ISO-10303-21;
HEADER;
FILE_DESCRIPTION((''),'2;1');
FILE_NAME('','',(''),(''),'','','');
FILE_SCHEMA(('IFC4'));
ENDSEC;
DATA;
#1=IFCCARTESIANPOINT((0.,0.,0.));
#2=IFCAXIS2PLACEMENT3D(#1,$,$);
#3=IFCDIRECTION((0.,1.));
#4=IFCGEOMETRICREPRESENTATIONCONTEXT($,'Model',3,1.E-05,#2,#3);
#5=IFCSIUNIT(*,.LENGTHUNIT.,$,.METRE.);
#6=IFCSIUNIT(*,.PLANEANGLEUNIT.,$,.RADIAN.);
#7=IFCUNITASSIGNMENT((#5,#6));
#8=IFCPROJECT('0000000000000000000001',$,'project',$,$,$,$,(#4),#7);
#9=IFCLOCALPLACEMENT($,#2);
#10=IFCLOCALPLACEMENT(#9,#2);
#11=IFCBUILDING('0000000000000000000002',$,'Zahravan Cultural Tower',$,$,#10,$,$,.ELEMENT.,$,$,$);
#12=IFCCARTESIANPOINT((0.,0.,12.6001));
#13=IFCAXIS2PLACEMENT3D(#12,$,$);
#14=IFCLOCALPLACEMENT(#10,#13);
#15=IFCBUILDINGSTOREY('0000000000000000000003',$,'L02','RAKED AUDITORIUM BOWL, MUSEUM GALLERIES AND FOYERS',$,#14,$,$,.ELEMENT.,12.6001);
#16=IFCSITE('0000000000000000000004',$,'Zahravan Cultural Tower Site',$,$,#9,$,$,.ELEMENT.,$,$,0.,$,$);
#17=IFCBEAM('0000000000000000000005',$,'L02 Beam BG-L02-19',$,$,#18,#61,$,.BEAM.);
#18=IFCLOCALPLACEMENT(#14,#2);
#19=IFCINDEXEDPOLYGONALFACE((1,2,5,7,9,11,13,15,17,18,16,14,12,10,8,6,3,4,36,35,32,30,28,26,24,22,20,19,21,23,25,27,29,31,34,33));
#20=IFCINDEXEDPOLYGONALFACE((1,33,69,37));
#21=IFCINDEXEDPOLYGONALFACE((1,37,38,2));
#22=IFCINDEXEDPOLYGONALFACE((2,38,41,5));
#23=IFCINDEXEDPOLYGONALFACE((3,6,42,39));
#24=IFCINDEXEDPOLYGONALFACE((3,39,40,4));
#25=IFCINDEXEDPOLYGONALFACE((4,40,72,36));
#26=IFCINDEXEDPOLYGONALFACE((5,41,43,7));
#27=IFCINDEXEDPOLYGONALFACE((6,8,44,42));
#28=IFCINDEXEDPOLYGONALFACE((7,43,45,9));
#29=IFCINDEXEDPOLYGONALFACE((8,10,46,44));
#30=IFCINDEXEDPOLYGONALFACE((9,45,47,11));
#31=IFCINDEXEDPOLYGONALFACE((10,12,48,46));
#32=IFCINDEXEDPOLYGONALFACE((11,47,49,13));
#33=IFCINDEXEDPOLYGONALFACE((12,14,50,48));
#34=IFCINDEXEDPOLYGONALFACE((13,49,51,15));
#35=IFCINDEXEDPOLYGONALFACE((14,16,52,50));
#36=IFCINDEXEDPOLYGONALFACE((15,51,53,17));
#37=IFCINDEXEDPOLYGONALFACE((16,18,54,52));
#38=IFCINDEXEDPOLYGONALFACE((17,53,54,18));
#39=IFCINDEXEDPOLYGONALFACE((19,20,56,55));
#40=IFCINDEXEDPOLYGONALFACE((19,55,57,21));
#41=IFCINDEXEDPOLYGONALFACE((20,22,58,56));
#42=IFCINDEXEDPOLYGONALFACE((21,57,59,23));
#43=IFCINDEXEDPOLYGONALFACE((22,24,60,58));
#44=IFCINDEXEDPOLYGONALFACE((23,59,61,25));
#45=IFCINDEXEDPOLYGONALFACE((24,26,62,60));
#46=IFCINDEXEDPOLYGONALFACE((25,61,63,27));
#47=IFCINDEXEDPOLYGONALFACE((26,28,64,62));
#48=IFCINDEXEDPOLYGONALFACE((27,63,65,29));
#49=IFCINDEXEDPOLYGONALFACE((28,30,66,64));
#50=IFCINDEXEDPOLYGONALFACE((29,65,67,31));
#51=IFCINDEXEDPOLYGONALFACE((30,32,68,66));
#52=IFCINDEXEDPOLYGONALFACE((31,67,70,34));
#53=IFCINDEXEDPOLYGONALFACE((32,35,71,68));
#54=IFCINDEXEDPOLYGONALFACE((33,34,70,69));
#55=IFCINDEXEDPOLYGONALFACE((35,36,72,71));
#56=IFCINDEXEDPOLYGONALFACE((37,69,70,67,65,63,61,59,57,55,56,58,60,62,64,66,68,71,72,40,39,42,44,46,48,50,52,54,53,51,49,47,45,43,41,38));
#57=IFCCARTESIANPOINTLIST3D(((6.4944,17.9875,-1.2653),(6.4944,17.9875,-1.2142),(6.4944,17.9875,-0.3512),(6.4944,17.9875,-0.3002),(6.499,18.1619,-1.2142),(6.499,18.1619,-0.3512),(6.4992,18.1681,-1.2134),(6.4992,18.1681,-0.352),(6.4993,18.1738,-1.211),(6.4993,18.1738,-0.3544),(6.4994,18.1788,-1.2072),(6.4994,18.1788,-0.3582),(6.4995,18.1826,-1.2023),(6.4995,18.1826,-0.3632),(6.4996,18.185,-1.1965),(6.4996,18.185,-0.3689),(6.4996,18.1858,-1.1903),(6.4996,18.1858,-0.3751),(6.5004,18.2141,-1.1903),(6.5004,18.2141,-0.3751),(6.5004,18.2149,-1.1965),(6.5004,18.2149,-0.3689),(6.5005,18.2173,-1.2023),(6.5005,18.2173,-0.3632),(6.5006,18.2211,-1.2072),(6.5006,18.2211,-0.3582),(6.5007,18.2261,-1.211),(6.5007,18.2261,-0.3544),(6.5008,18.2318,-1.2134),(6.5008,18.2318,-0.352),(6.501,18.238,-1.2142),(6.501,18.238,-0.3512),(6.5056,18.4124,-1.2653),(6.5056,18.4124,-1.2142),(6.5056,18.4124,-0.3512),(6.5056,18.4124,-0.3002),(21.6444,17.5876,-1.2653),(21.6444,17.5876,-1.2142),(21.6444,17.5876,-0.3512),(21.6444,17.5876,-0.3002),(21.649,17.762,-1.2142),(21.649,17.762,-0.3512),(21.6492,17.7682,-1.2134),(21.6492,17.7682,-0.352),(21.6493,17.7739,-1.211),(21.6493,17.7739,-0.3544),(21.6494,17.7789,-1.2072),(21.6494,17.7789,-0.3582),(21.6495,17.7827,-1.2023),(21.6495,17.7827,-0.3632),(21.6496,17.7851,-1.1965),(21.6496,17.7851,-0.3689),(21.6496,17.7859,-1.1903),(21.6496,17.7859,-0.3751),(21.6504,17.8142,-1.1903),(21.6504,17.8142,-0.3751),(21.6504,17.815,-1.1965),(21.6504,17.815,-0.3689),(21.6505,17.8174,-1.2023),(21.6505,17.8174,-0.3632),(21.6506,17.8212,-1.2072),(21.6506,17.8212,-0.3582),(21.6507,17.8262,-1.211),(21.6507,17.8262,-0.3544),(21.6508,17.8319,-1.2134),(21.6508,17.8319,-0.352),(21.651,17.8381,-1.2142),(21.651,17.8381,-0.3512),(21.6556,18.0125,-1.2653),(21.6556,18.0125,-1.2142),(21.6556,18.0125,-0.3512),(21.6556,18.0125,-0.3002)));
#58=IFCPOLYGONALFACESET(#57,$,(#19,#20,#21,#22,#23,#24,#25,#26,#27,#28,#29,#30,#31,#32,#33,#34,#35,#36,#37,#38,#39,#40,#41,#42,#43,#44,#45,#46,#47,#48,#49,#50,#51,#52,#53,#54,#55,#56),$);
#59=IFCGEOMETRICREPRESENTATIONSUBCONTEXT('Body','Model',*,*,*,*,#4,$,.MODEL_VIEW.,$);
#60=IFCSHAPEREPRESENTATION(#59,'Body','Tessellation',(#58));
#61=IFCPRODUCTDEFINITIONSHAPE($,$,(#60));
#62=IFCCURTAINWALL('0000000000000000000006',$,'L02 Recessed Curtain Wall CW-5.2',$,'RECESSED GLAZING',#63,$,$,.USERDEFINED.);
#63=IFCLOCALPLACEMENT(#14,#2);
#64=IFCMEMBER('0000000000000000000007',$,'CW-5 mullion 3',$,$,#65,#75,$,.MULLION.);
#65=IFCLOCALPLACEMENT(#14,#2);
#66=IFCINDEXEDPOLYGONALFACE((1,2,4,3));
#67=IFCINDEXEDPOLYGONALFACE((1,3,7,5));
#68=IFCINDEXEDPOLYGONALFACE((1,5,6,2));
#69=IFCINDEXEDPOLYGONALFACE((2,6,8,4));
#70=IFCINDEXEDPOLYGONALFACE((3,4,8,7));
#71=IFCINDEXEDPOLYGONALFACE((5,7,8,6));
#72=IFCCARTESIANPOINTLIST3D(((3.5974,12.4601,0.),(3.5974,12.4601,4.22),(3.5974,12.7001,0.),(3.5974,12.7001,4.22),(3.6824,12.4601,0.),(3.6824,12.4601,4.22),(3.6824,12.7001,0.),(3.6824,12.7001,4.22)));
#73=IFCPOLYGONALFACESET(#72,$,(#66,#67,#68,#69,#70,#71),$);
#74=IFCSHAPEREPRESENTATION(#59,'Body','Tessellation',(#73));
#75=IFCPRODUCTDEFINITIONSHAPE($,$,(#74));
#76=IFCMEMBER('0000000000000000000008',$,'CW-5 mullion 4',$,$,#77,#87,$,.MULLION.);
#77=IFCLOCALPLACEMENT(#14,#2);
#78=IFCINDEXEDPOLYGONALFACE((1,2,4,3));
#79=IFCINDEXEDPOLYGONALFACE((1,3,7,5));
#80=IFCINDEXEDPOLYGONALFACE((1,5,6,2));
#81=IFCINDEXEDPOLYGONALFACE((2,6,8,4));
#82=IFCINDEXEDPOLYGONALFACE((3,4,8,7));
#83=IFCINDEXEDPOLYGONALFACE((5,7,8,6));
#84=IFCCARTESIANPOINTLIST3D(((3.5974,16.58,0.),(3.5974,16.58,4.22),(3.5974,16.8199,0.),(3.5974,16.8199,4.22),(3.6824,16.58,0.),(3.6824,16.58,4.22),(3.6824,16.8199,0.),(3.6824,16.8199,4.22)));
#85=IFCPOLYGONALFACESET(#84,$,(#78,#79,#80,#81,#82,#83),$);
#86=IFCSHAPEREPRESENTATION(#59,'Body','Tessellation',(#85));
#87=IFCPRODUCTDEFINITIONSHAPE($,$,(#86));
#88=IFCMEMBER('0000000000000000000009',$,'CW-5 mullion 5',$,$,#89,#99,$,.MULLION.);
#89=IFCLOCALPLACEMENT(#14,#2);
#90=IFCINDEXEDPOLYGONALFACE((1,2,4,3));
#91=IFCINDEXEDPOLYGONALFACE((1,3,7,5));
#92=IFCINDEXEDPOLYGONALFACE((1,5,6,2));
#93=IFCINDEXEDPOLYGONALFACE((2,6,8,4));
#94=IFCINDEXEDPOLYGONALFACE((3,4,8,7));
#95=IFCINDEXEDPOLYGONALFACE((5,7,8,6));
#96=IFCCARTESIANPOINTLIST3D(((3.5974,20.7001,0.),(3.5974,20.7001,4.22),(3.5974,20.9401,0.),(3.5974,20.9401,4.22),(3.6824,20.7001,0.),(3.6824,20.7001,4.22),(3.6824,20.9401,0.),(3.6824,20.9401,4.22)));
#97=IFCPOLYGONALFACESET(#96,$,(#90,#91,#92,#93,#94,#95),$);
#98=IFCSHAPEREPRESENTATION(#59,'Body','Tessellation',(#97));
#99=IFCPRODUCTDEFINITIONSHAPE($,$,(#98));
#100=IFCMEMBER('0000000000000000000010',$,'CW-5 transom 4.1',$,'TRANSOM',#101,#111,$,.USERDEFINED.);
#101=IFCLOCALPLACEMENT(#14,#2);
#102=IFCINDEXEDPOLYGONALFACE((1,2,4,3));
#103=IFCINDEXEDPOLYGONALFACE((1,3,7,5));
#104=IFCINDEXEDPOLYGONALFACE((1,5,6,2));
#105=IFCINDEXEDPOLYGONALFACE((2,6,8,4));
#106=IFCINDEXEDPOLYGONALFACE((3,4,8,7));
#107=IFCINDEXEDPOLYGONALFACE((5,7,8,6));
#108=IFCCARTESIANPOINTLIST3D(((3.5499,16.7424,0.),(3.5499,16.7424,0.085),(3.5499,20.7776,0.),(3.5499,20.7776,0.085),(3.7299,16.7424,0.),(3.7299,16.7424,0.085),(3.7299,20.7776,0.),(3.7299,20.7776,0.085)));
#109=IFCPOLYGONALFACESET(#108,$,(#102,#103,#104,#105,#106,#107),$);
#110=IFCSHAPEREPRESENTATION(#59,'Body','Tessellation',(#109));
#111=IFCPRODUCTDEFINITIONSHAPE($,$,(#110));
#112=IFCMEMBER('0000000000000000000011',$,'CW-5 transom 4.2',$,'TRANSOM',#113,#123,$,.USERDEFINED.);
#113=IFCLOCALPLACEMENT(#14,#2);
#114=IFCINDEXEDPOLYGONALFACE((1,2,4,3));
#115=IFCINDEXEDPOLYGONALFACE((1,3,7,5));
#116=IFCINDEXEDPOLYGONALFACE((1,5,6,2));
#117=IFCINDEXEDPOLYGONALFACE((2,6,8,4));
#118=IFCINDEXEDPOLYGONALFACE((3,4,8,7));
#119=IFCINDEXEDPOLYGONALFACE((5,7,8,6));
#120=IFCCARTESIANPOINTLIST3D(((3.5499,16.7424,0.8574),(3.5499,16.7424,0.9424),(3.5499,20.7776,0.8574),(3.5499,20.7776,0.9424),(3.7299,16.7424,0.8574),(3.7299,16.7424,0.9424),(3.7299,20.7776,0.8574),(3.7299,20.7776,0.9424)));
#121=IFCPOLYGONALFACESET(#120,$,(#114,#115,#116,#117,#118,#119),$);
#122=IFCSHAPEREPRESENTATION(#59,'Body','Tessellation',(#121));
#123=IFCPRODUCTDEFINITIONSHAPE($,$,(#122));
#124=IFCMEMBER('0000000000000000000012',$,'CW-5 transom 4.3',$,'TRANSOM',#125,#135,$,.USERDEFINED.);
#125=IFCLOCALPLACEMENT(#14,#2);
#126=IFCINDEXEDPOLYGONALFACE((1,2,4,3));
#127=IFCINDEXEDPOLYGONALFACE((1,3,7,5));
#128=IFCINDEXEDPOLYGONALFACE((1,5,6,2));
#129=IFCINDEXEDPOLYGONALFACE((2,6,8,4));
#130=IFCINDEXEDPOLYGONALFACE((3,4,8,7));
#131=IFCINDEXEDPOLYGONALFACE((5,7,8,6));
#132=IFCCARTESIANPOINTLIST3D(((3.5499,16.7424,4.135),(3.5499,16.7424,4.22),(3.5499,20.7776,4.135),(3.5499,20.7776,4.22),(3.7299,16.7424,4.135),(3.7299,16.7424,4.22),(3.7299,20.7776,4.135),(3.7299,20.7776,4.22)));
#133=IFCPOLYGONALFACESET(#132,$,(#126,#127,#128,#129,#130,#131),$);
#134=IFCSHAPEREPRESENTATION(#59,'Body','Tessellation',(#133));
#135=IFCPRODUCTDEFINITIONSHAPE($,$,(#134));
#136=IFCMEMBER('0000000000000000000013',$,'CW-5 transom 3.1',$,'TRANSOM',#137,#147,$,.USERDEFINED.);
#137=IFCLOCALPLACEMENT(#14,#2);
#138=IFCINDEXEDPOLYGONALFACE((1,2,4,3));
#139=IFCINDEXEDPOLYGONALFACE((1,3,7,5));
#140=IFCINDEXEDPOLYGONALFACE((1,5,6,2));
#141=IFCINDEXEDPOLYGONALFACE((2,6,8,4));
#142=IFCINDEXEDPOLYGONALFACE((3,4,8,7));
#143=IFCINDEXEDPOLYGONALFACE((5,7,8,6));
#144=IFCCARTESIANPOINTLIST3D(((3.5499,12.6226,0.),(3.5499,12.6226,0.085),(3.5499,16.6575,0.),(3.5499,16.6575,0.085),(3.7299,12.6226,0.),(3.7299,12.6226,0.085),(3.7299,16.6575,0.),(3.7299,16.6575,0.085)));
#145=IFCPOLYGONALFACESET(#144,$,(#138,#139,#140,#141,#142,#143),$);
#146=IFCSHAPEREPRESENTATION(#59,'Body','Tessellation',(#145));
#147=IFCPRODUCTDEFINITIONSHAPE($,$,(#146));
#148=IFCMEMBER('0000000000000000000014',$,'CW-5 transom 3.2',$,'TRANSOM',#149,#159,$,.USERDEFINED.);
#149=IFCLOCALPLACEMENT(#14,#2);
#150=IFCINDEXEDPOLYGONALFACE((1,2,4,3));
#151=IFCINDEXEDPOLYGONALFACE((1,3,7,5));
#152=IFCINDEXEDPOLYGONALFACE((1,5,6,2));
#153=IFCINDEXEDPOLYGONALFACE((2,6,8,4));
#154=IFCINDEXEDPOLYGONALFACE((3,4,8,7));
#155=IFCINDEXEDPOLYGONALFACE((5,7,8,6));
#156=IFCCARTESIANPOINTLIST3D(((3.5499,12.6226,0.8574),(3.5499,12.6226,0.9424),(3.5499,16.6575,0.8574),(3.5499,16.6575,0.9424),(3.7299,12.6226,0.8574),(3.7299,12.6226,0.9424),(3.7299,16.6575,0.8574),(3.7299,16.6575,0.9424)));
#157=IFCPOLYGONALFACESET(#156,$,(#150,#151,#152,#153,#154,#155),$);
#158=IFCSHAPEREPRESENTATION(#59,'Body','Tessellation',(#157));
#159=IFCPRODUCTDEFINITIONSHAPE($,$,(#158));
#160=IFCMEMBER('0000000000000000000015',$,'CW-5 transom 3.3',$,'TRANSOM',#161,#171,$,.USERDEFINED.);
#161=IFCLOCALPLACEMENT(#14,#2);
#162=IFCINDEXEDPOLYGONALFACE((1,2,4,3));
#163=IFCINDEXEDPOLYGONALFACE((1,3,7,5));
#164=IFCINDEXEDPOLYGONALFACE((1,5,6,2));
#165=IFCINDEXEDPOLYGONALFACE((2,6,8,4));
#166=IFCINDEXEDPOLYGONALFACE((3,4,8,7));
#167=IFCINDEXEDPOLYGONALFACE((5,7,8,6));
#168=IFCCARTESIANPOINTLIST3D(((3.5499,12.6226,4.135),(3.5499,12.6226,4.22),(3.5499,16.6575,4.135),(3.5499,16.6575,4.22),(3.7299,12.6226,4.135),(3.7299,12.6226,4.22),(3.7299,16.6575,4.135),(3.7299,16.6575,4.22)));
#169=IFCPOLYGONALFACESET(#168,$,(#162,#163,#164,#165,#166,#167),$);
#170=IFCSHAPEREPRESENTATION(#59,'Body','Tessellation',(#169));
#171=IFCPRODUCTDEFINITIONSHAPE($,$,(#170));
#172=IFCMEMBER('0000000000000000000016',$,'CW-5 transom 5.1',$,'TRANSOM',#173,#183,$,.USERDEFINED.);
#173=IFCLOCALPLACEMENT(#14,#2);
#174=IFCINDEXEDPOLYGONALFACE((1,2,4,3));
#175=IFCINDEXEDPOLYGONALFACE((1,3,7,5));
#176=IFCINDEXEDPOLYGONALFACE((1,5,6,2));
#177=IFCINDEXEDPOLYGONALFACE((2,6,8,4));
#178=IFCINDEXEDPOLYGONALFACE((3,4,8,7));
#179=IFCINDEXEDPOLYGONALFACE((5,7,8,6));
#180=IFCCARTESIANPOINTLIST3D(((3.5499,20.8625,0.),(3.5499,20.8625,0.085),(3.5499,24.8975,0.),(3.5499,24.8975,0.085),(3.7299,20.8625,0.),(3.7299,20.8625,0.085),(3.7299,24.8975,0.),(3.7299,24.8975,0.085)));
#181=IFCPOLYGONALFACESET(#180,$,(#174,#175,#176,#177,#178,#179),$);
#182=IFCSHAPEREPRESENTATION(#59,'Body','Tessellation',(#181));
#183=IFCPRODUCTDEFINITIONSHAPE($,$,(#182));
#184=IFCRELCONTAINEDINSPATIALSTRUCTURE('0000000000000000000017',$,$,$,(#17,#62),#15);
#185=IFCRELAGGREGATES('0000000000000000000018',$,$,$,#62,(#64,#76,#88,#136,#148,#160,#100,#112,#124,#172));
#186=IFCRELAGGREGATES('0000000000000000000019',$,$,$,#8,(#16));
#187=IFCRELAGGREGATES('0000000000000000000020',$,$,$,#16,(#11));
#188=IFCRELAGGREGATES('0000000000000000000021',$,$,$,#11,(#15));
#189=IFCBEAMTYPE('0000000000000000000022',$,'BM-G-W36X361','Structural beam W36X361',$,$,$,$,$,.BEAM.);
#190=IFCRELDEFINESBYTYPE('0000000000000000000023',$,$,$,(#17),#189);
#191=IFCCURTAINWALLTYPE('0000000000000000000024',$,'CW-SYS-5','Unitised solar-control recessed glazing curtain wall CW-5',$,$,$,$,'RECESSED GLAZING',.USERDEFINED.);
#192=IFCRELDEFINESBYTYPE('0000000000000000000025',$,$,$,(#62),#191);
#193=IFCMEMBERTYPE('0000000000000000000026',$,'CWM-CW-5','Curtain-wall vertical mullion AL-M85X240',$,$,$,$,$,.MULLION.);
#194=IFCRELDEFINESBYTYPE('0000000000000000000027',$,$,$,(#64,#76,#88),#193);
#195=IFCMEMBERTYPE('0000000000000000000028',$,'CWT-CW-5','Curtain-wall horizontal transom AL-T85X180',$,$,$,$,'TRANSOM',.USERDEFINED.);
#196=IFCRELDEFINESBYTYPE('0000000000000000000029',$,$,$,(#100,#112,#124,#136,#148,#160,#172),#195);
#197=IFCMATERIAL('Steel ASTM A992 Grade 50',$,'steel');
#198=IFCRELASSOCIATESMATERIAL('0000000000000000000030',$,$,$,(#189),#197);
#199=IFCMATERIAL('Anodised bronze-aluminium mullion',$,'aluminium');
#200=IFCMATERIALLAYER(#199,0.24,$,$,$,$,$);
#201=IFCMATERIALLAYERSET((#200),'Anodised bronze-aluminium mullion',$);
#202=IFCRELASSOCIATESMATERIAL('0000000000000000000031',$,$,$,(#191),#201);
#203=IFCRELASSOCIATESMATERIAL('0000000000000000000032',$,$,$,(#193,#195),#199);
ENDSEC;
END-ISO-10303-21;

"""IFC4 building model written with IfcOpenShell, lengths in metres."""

from ifc_helpers import new_model, si_unit, direction, frame, origin, origin_2d, place, context, subcontext, project, spatial, rectangle, i_section, extrude, source, transform, mapped, material, layer, layer_set, material_profile, profile_set, type_object, element, aggregate, save


model = new_model("IFC4")

# Units and contexts
model_context = context("Model", 3, precision=1e-05, world=origin(), true_north=direction((0.0, 1.0)))
body_context = subcontext(model_context, "Body", "Model", "MODEL_VIEW")
ifc_project = project(units=[si_unit("LENGTHUNIT", "METRE"), si_unit("PLANEANGLEUNIT", "RADIAN")], contexts=[model_context])

# Site, building, storey
site_placement = place(None, origin())
site = spatial("IfcSite", under=ifc_project, at=site_placement, Name="Zahravan Cultural Tower Site", CompositionType="ELEMENT", RefElevation=0.0)
building_placement = place(site_placement, origin())
building = spatial("IfcBuilding", under=site, at=building_placement, Name="Zahravan Cultural Tower", CompositionType="ELEMENT")
storey_placement = place(building_placement, frame((0.0, 0.0, 12.6001)))
storey = spatial("IfcBuildingStorey", under=building, at=storey_placement, Name="L02", Description="RAKED AUDITORIUM BOWL, MUSEUM GALLERIES AND FOYERS", CompositionType="ELEMENT", Elevation=12.6001)

# Beam
ifc_material_1 = material(Name="Steel ASTM A992 Grade 50", Category="steel")
ifc_material_profile_1 = material_profile(ifc_material_1, i_section(OverallWidth=0.425, OverallDepth=0.9651, WebThickness=0.0283, FlangeThickness=0.051, FilletRadius=0.0239, at=origin_2d()), Name="W36X361")
ifc_profile_set_1 = profile_set([ifc_material_profile_1], Name="Steel ASTM A992 Grade 50")
beam_type_1 = type_object("IfcBeamType", Name="BM-G-W36X361", Description="Structural beam W36X361", PredefinedType="BEAM", material=ifc_profile_set_1)
shared_shape_1 = source(origin(), body_context, "Body", "SweptSolid", [
    extrude(i_section(OverallWidth=0.425, OverallDepth=0.9651, WebThickness=0.0283, FlangeThickness=0.051, FilletRadius=0.0239, at=origin_2d()), origin(), (0.0, 0.0, 1.0), 15.1553),
])
beam_1_placement = place(storey_placement, frame((6.5, 18.2, -0.7827), z_axis=(0.999652, -0.026387, 0.0), x_axis=(0.026387, 0.999652, 0.0)))
element("IfcBeam", 1, at=beam_1_placement, inside=storey, type_object=beam_type_1, Name="L02 Beam BG-L02-19", PredefinedType="BEAM", context=body_context, shape_type="MappedRepresentation", body=[
    mapped(shared_shape_1, transform((0.0, 0.0, 0.0), x_axis=(1.0, 0.0, 0.0), y_axis=(0.0, 1.0, 0.0), z_axis=(0.0, 0.0, 1.0), scale=1.0)),
])

# Curtain wall, members
ifc_material_2 = material(Name="Anodised bronze-aluminium mullion", Category="aluminium")
ifc_layer_1 = layer(ifc_material_2, 0.24)
ifc_layer_set_1 = layer_set([ifc_layer_1], Name="Anodised bronze-aluminium mullion")
curtain_wall_type = type_object("IfcCurtainWallType", Name="CW-SYS-5", Description="Unitised solar-control recessed glazing curtain wall CW-5", ElementType="RECESSED GLAZING", PredefinedType="USERDEFINED", material=ifc_layer_set_1)
curtain_wall_placement = place(storey_placement, origin())
curtain_wall = element("IfcCurtainWall", 2, at=curtain_wall_placement, inside=storey, type_object=curtain_wall_type, Name="L02 Recessed Curtain Wall CW-5.2", ObjectType="RECESSED GLAZING", PredefinedType="USERDEFINED")
ifc_material_profile_2 = material_profile(ifc_material_2, rectangle(XDim=0.085, YDim=0.24, at=origin_2d()), Name="AL-M85X240")
ifc_profile_set_2 = profile_set([ifc_material_profile_2], Name="Anodised bronze-aluminium mullion")
member_type_1 = type_object("IfcMemberType", Name="CWM-CW-5", Description="Curtain-wall vertical mullion AL-M85X240", PredefinedType="MULLION", material=ifc_profile_set_2)
shared_shape_2 = source(origin(), body_context, "Body", "SweptSolid", [
    extrude(rectangle(XDim=0.085, YDim=0.24, at=origin_2d()), origin(), (0.0, 0.0, 1.0), 4.22),
])
member_1_placement = place(storey_placement, frame((3.6399, 12.5801, 0.0), z_axis=(0.0, 0.0, 1.0), x_axis=(-1.0, 0.0, 0.0)))
member_1 = element("IfcMember", 3, at=member_1_placement, type_object=member_type_1, Name="CW-5 mullion 3", PredefinedType="MULLION", context=body_context, shape_type="MappedRepresentation", body=[
    mapped(shared_shape_2, transform((0.0, 0.0, 0.0), x_axis=(1.0, 0.0, 0.0), y_axis=(0.0, 1.0, 0.0), z_axis=(0.0, 0.0, 1.0), scale=1.0)),
])
member_2_placement = place(storey_placement, frame((3.6399, 16.7, 0.0), z_axis=(0.0, 0.0, 1.0), x_axis=(-1.0, 0.0, 0.0)))
member_2 = element("IfcMember", 4, at=member_2_placement, type_object=member_type_1, Name="CW-5 mullion 4", PredefinedType="MULLION", context=body_context, shape_type="MappedRepresentation", body=[
    mapped(shared_shape_2, transform((0.0, 0.0, 0.0), x_axis=(1.0, 0.0, 0.0), y_axis=(0.0, 1.0, 0.0), z_axis=(0.0, 0.0, 1.0), scale=1.0)),
])
member_3_placement = place(storey_placement, frame((3.6399, 20.8201, 0.0), z_axis=(0.0, 0.0, 1.0), x_axis=(-1.0, 0.0, 0.0)))
member_3 = element("IfcMember", 5, at=member_3_placement, type_object=member_type_1, Name="CW-5 mullion 5", PredefinedType="MULLION", context=body_context, shape_type="MappedRepresentation", body=[
    mapped(shared_shape_2, transform((0.0, 0.0, 0.0), x_axis=(1.0, 0.0, 0.0), y_axis=(0.0, 1.0, 0.0), z_axis=(0.0, 0.0, 1.0), scale=1.0)),
])
ifc_material_profile_3 = material_profile(ifc_material_2, rectangle(XDim=0.1799, YDim=0.085, at=origin_2d()), Name="AL-T85X180")
ifc_profile_set_3 = profile_set([ifc_material_profile_3], Name="Anodised bronze-aluminium mullion")
member_type_2 = type_object("IfcMemberType", Name="CWT-CW-5", Description="Curtain-wall horizontal transom AL-T85X180", ElementType="TRANSOM", PredefinedType="USERDEFINED", material=ifc_profile_set_3)
shared_shape_3 = source(origin(), body_context, "Body", "SweptSolid", [
    extrude(rectangle(XDim=0.1799, YDim=0.085, at=origin_2d()), origin(), (0.0, 0.0, 1.0), 4.0352),
])
member_4_placement = place(storey_placement, frame((3.6399, 16.7424, 0.0425), z_axis=(0.0, 1.0, 0.0), x_axis=(-1.0, 0.0, 0.0)))
member_4 = element("IfcMember", 6, at=member_4_placement, type_object=member_type_2, Name="CW-5 transom 4.1", ObjectType="TRANSOM", PredefinedType="USERDEFINED", context=body_context, shape_type="MappedRepresentation", body=[
    mapped(shared_shape_3, transform((0.0, 0.0, 0.0), x_axis=(1.0, 0.0, 0.0), y_axis=(0.0, 1.0, 0.0), z_axis=(0.0, 0.0, 1.0), scale=1.0)),
])
member_5_placement = place(storey_placement, frame((3.6399, 16.7424, 0.8999), z_axis=(0.0, 1.0, 0.0), x_axis=(-1.0, 0.0, 0.0)))
member_5 = element("IfcMember", 7, at=member_5_placement, type_object=member_type_2, Name="CW-5 transom 4.2", ObjectType="TRANSOM", PredefinedType="USERDEFINED", context=body_context, shape_type="MappedRepresentation", body=[
    mapped(shared_shape_3, transform((0.0, 0.0, 0.0), x_axis=(1.0, 0.0, 0.0), y_axis=(0.0, 1.0, 0.0), z_axis=(0.0, 0.0, 1.0), scale=1.0)),
])
member_6_placement = place(storey_placement, frame((3.6399, 16.7424, 4.1775), z_axis=(0.0, 1.0, 0.0), x_axis=(-1.0, 0.0, 0.0)))
member_6 = element("IfcMember", 8, at=member_6_placement, type_object=member_type_2, Name="CW-5 transom 4.3", ObjectType="TRANSOM", PredefinedType="USERDEFINED", context=body_context, shape_type="MappedRepresentation", body=[
    mapped(shared_shape_3, transform((0.0, 0.0, 0.0), x_axis=(1.0, 0.0, 0.0), y_axis=(0.0, 1.0, 0.0), z_axis=(0.0, 0.0, 1.0), scale=1.0)),
])
shared_shape_4 = source(origin(), body_context, "Body", "SweptSolid", [
    extrude(rectangle(XDim=0.1799, YDim=0.085, at=origin_2d()), origin(), (0.0, 0.0, 1.0), 4.0349),
])
member_7_placement = place(storey_placement, frame((3.6399, 12.6226, 0.0425), z_axis=(0.0, 1.0, 0.0), x_axis=(-1.0, 0.0, 0.0)))
member_7 = element("IfcMember", 9, at=member_7_placement, type_object=member_type_2, Name="CW-5 transom 3.1", ObjectType="TRANSOM", PredefinedType="USERDEFINED", context=body_context, shape_type="MappedRepresentation", body=[
    mapped(shared_shape_4, transform((0.0, 0.0, 0.0), x_axis=(1.0, 0.0, 0.0), y_axis=(0.0, 1.0, 0.0), z_axis=(0.0, 0.0, 1.0), scale=1.0)),
])
member_8_placement = place(storey_placement, frame((3.6399, 12.6226, 0.8999), z_axis=(0.0, 1.0, 0.0), x_axis=(-1.0, 0.0, 0.0)))
member_8 = element("IfcMember", 10, at=member_8_placement, type_object=member_type_2, Name="CW-5 transom 3.2", ObjectType="TRANSOM", PredefinedType="USERDEFINED", context=body_context, shape_type="MappedRepresentation", body=[
    mapped(shared_shape_4, transform((0.0, 0.0, 0.0), x_axis=(1.0, 0.0, 0.0), y_axis=(0.0, 1.0, 0.0), z_axis=(0.0, 0.0, 1.0), scale=1.0)),
])
member_9_placement = place(storey_placement, frame((3.6399, 12.6226, 4.1775), z_axis=(0.0, 1.0, 0.0), x_axis=(-1.0, 0.0, 0.0)))
member_9 = element("IfcMember", 11, at=member_9_placement, type_object=member_type_2, Name="CW-5 transom 3.3", ObjectType="TRANSOM", PredefinedType="USERDEFINED", context=body_context, shape_type="MappedRepresentation", body=[
    mapped(shared_shape_4, transform((0.0, 0.0, 0.0), x_axis=(1.0, 0.0, 0.0), y_axis=(0.0, 1.0, 0.0), z_axis=(0.0, 0.0, 1.0), scale=1.0)),
])
member_10_placement = place(storey_placement, frame((3.6399, 20.8625, 0.0425), z_axis=(0.0, 1.0, 0.0), x_axis=(-1.0, 0.0, 0.0)))
member_10 = element("IfcMember", 12, at=member_10_placement, type_object=member_type_2, Name="CW-5 transom 5.1", ObjectType="TRANSOM", PredefinedType="USERDEFINED", context=body_context, shape_type="MappedRepresentation", body=[
    mapped(shared_shape_4, transform((0.0, 0.0, 0.0), x_axis=(1.0, 0.0, 0.0), y_axis=(0.0, 1.0, 0.0), z_axis=(0.0, 0.0, 1.0), scale=1.0)),
])
aggregate(curtain_wall, [member_1, member_2, member_3, member_7, member_8, member_9, member_4, member_5, member_6, member_10])

save(model, "model.ifc")
